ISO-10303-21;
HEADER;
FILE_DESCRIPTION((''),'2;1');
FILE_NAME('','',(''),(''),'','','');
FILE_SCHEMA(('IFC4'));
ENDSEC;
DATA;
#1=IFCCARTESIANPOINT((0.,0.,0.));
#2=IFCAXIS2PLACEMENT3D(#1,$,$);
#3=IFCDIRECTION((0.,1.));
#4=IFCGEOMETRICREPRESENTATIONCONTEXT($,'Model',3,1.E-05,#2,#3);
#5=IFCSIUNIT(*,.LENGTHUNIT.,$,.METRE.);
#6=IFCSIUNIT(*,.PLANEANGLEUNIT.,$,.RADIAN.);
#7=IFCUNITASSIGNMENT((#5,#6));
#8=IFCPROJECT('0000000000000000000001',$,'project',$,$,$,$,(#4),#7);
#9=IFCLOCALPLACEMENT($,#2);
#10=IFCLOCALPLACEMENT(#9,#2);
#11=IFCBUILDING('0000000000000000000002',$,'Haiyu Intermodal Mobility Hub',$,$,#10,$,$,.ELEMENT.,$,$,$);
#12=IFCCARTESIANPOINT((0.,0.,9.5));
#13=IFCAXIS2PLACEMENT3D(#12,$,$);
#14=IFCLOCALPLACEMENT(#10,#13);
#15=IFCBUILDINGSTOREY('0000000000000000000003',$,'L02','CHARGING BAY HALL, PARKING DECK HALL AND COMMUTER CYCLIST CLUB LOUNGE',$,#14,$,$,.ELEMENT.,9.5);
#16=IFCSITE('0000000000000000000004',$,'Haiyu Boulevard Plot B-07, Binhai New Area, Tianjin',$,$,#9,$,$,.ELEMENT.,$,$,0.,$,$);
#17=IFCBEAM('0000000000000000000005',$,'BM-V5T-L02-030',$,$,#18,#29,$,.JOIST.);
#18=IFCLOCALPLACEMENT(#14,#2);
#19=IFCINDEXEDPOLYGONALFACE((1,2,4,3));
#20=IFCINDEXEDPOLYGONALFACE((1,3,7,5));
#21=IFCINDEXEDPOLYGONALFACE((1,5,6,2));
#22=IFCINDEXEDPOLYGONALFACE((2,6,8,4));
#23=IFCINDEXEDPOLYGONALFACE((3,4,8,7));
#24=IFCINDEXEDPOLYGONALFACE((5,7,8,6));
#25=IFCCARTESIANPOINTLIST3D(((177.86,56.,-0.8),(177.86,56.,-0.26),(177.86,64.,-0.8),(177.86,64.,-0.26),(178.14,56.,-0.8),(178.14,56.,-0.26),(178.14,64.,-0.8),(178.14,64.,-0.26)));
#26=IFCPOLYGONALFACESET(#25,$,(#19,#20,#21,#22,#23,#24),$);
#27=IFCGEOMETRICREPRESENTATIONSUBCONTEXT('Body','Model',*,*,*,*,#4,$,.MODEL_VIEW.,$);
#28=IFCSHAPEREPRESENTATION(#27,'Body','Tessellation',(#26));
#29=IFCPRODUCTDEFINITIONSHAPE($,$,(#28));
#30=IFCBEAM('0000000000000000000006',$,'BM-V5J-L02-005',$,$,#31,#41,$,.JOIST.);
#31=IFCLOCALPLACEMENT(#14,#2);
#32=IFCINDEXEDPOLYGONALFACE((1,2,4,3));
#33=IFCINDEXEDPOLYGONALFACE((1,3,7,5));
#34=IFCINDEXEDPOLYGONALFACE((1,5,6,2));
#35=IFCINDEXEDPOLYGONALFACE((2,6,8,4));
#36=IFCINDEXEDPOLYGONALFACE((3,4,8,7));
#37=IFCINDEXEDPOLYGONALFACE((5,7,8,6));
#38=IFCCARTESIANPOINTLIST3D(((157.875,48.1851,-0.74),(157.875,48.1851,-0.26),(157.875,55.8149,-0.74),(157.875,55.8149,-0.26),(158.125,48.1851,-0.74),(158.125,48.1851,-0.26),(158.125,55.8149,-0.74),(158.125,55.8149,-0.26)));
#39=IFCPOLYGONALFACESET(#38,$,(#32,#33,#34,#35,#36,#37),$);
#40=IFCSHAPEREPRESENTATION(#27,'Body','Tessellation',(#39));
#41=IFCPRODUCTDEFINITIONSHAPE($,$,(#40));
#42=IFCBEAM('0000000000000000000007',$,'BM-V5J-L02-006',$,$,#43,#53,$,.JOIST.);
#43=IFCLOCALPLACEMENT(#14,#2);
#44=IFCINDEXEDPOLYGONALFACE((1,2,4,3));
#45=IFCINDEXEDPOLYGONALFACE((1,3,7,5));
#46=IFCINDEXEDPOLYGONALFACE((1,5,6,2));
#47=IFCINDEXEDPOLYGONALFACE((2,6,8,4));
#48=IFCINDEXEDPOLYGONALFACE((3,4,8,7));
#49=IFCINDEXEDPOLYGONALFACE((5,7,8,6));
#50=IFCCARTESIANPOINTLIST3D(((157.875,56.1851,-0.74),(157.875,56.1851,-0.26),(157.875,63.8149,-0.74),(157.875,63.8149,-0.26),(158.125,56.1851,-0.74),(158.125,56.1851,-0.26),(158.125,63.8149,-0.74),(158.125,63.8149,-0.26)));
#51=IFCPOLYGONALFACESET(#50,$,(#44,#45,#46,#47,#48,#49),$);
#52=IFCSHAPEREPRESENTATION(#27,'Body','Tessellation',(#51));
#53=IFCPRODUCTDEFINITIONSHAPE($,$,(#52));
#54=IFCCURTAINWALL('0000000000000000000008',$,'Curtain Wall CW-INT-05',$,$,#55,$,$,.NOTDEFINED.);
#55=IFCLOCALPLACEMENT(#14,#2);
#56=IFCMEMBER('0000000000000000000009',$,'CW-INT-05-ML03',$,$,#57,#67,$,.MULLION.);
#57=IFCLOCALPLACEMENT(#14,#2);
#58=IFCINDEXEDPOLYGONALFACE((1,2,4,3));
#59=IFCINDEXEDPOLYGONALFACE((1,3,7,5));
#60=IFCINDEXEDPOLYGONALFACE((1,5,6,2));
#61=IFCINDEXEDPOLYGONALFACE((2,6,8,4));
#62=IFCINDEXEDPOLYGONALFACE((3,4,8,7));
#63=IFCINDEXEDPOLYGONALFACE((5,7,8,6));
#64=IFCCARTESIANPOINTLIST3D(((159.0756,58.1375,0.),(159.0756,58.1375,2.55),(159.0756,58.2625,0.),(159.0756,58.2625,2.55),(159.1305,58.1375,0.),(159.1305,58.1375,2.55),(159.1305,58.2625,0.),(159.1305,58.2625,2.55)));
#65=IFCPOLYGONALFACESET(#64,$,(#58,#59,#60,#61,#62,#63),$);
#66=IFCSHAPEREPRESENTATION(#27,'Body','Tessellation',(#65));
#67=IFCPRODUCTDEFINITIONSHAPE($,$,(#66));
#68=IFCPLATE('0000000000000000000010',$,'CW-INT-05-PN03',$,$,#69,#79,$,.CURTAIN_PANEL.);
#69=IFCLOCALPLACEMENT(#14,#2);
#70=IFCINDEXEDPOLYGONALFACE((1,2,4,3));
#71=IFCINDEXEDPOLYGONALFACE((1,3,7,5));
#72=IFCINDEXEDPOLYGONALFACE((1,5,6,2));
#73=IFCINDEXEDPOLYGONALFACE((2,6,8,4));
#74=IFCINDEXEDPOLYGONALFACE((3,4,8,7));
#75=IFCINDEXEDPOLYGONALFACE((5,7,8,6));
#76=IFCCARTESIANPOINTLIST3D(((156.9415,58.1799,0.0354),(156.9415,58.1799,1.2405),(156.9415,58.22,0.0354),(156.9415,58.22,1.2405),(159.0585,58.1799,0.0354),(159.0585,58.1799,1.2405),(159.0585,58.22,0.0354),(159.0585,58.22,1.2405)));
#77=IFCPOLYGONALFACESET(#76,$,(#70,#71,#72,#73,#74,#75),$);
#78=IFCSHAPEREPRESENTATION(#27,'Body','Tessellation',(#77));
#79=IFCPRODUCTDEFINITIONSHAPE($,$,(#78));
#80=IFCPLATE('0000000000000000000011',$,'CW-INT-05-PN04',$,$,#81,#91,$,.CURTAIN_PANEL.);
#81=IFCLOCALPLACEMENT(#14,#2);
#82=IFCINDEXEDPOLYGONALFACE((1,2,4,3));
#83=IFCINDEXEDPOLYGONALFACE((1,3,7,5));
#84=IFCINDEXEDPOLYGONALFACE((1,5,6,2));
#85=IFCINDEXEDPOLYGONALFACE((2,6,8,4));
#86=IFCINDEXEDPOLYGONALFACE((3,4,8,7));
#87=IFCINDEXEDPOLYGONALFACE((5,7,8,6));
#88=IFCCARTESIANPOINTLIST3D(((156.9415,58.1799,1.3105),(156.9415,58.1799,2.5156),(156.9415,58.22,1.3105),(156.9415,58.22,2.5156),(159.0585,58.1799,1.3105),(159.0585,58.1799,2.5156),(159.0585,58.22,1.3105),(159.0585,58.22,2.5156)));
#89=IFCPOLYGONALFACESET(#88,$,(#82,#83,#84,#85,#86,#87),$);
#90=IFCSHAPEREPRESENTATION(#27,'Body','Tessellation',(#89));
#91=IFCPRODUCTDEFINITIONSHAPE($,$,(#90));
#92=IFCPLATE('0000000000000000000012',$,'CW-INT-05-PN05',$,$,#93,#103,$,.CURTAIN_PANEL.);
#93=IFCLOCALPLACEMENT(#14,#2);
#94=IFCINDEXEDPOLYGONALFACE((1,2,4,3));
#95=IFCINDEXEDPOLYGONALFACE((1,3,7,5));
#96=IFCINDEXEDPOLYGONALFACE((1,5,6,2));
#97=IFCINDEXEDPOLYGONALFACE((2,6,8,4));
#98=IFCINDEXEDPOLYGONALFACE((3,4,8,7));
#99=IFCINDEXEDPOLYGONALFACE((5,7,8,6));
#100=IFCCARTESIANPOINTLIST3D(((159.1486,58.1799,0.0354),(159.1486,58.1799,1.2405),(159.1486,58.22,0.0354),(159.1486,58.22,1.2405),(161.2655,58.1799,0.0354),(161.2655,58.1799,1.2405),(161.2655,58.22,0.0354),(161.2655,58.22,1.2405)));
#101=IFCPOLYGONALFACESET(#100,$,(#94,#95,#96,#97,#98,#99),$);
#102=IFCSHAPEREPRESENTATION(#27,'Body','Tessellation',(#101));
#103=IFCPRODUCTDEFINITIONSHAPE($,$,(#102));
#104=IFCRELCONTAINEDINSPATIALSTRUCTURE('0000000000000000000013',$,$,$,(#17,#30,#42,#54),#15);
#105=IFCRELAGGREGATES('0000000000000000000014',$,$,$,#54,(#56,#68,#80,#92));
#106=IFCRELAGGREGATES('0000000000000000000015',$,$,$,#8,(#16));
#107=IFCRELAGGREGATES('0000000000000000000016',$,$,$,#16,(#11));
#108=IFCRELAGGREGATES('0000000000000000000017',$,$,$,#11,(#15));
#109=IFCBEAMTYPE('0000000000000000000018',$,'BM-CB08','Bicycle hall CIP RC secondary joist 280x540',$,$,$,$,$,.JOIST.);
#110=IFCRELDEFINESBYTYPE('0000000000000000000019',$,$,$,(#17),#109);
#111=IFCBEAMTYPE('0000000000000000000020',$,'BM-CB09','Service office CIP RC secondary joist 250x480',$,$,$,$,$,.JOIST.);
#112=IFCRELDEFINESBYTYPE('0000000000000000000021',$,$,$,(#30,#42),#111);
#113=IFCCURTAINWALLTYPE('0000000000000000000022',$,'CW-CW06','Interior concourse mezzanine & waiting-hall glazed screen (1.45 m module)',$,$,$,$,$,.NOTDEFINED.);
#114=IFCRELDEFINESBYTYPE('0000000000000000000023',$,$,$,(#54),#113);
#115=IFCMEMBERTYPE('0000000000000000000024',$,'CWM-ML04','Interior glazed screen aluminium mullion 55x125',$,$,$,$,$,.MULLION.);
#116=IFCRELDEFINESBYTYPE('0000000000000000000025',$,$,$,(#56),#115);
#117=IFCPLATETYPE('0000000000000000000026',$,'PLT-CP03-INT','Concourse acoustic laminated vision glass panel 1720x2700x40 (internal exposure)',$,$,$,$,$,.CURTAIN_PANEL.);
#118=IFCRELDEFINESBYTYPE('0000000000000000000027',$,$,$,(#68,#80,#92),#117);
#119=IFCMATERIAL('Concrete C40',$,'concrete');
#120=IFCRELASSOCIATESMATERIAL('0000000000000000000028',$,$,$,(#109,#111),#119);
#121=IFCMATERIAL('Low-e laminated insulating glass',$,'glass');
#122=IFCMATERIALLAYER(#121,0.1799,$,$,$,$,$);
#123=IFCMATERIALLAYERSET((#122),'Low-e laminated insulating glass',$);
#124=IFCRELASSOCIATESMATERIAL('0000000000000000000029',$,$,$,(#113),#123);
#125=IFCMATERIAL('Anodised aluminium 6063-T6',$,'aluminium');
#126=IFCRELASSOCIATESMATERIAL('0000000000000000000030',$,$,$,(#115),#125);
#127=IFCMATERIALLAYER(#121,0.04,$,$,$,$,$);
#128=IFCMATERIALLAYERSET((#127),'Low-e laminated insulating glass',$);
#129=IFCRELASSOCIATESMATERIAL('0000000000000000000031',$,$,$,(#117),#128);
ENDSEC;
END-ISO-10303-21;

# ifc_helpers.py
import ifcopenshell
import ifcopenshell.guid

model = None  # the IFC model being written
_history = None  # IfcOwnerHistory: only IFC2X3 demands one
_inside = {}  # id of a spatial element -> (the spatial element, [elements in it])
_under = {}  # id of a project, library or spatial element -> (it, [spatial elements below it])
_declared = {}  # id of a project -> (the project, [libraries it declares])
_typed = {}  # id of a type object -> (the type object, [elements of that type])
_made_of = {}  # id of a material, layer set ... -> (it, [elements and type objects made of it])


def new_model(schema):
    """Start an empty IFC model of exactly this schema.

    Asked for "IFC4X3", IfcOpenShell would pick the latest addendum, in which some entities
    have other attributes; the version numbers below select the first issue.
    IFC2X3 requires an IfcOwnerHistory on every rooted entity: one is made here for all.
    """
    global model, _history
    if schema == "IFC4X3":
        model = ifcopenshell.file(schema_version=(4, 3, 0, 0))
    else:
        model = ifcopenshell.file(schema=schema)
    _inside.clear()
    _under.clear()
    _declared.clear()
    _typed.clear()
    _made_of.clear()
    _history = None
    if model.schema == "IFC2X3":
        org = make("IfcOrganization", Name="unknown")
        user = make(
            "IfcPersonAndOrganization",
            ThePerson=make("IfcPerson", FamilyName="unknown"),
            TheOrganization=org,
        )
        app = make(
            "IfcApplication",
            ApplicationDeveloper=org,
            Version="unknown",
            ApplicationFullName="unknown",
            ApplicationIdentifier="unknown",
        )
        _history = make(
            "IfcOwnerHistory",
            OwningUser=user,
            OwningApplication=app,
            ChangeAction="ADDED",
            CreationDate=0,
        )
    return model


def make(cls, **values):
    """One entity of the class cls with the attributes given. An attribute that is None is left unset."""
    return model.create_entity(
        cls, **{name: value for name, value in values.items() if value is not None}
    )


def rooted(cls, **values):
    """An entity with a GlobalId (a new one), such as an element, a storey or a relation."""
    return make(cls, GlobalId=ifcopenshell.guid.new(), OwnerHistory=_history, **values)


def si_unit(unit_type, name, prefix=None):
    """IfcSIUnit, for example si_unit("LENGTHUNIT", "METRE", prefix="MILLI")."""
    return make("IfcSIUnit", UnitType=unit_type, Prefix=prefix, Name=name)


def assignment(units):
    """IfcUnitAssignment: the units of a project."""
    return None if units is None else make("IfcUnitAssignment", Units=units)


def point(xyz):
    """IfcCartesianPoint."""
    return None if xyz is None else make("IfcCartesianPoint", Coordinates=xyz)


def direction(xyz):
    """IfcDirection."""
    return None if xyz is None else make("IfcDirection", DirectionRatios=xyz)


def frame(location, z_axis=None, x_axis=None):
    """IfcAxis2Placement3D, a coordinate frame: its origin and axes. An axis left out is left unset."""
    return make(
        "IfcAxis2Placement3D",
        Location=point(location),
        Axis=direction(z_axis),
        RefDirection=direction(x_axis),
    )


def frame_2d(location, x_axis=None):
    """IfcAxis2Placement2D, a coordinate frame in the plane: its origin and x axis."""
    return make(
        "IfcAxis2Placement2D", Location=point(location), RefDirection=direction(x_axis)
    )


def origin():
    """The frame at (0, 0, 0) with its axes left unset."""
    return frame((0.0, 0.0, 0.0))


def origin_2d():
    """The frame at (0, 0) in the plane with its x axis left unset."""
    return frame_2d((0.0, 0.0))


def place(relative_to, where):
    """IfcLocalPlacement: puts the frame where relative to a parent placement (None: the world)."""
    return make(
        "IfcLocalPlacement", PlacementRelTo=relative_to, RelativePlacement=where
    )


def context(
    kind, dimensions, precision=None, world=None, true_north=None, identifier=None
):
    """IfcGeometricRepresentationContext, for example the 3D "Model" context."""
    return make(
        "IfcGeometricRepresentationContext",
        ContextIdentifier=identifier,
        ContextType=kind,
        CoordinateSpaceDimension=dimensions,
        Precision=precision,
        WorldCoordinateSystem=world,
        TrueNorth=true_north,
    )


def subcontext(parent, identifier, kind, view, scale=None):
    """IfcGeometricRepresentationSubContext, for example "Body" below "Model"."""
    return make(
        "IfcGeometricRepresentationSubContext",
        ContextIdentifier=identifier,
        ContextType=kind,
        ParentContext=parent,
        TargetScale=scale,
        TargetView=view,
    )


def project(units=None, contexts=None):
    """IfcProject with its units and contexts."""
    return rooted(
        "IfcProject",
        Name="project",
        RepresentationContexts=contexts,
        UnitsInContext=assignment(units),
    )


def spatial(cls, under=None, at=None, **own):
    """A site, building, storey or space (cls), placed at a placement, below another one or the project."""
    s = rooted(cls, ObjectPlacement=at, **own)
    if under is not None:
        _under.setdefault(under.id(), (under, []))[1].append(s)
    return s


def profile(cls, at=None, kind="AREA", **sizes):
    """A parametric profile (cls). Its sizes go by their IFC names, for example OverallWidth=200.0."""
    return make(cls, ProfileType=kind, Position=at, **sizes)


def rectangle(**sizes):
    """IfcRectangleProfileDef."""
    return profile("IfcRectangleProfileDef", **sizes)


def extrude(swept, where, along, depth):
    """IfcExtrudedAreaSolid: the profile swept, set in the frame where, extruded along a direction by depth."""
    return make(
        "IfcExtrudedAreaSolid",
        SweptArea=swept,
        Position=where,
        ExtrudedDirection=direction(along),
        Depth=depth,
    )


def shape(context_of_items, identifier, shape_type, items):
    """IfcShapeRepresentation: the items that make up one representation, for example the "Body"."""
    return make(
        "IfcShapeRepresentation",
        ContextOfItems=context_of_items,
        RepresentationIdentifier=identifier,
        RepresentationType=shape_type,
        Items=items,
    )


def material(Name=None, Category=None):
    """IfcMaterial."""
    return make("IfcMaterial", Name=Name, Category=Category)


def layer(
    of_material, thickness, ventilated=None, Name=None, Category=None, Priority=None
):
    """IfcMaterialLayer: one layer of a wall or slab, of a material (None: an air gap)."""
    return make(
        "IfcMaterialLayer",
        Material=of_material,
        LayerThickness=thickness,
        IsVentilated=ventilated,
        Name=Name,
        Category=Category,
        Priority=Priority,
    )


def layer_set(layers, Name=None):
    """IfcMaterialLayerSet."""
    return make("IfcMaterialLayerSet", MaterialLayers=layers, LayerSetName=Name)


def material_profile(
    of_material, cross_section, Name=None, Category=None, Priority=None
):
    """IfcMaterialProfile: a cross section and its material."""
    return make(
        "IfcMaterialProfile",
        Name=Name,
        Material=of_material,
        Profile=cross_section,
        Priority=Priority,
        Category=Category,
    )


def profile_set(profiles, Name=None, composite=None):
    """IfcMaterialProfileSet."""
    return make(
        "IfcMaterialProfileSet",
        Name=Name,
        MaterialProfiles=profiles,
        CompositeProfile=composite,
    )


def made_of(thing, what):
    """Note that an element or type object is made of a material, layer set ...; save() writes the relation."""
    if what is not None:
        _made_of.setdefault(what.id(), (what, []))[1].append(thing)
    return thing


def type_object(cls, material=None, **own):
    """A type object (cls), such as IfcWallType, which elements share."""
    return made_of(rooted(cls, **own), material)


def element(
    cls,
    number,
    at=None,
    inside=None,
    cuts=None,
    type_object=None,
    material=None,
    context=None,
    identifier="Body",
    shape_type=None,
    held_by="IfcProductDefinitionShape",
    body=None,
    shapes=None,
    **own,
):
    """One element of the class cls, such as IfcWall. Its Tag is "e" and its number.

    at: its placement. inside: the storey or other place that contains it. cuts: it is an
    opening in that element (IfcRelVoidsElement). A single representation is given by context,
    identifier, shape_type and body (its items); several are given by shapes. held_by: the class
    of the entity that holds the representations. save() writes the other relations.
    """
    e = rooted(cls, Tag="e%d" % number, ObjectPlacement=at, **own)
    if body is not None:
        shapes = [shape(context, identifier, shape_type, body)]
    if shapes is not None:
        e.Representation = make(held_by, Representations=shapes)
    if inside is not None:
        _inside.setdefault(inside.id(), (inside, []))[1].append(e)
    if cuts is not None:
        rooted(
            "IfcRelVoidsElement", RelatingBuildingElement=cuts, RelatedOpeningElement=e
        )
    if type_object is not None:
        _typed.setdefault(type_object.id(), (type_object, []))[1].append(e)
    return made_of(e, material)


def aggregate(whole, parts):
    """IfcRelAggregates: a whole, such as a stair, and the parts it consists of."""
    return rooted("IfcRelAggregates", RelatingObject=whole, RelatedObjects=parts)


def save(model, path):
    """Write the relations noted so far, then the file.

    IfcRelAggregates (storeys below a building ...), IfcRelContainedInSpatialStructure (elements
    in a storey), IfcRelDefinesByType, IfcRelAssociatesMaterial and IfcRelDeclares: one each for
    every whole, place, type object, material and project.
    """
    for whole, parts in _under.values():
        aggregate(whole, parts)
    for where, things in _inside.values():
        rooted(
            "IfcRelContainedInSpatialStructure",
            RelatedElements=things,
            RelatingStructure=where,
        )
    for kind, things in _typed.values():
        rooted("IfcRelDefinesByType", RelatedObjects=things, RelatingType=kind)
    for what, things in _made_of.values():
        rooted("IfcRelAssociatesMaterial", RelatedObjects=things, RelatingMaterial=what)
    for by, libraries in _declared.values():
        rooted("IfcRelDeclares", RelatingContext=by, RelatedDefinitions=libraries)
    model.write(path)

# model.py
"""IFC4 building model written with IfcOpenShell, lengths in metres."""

from ifc_helpers import new_model, si_unit, direction, frame, origin, origin_2d, place, context, subcontext, project, spatial, rectangle, extrude, material, layer, layer_set, material_profile, profile_set, type_object, element, aggregate, save


model = new_model("IFC4")

# Units and contexts
model_context = context("Model", 3, precision=1e-05, world=origin(), true_north=direction((0.0, 1.0)))
body_context = subcontext(model_context, "Body", "Model", "MODEL_VIEW")
ifc_project = project(units=[si_unit("LENGTHUNIT", "METRE"), si_unit("PLANEANGLEUNIT", "RADIAN")], contexts=[model_context])

# Site, building, storey
site_placement = place(None, origin())
site = spatial("IfcSite", under=ifc_project, at=site_placement, Name="Haiyu Boulevard Plot B-07, Binhai New Area, Tianjin", CompositionType="ELEMENT", RefElevation=0.0)
building_placement = place(site_placement, origin())
building = spatial("IfcBuilding", under=site, at=building_placement, Name="Haiyu Intermodal Mobility Hub", CompositionType="ELEMENT")
storey_placement = place(building_placement, frame((0.0, 0.0, 9.5)))
storey = spatial("IfcBuildingStorey", under=building, at=storey_placement, Name="L02", Description="CHARGING BAY HALL, PARKING DECK HALL AND COMMUTER CYCLIST CLUB LOUNGE", CompositionType="ELEMENT", Elevation=9.5)

# Shared definitions
ifc_material_1 = material(Name="Concrete C40", Category="concrete")

# Beams
ifc_material_profile_1 = material_profile(ifc_material_1, rectangle(XDim=0.28, YDim=0.54, at=origin_2d()), Name="RCB280x540")
ifc_profile_set_1 = profile_set([ifc_material_profile_1], Name="Concrete C40")
beam_type_1 = type_object("IfcBeamType", Name="BM-CB08", Description="Bicycle hall CIP RC secondary joist 280x540", PredefinedType="JOIST", material=ifc_profile_set_1)
for number, where, z_axis, x_axis, name in (
    (1, (178.0, 56.0, -0.53), (0.0, 1.0, 0.0), (-1.0, 0.0, 0.0), "BM-V5T-L02-030"),
):
    element("IfcBeam", number, at=place(storey_placement, frame(where, z_axis=z_axis, x_axis=x_axis)), inside=storey, type_object=beam_type_1, Name=name, PredefinedType="JOIST", context=body_context, shape_type="SweptSolid", body=[
        extrude(rectangle(XDim=0.28, YDim=0.54, at=origin_2d()), origin(), (0.0, 0.0, 1.0), 8.0),
    ])
ifc_material_profile_2 = material_profile(ifc_material_1, rectangle(XDim=0.25, YDim=0.48, at=origin_2d()), Name="RCB250x480")
ifc_profile_set_2 = profile_set([ifc_material_profile_2], Name="Concrete C40")
beam_type_2 = type_object("IfcBeamType", Name="BM-CB09", Description="Service office CIP RC secondary joist 250x480", PredefinedType="JOIST", material=ifc_profile_set_2)
for number, where, z_axis, x_axis, name in (
    (2, (158.0, 48.1851, -0.5), (0.0, 1.0, 0.0), (-1.0, 0.0, 0.0), "BM-V5J-L02-005"),
    (3, (158.0, 56.1851, -0.5), (0.0, 1.0, 0.0), (-1.0, 0.0, 0.0), "BM-V5J-L02-006"),
):
    element("IfcBeam", number, at=place(storey_placement, frame(where, z_axis=z_axis, x_axis=x_axis)), inside=storey, type_object=beam_type_2, Name=name, PredefinedType="JOIST", context=body_context, shape_type="SweptSolid", body=[
        extrude(rectangle(XDim=0.25, YDim=0.48, at=origin_2d()), origin(), (0.0, 0.0, 1.0), 7.6299),
    ])

# Curtain wall, member, plates
ifc_material_2 = material(Name="Low-e laminated insulating glass", Category="glass")
ifc_layer_1 = layer(ifc_material_2, 0.1799)
ifc_layer_set_1 = layer_set([ifc_layer_1], Name="Low-e laminated insulating glass")
curtain_wall_type = type_object("IfcCurtainWallType", Name="CW-CW06", Description="Interior concourse mezzanine & waiting-hall glazed screen (1.45 m module)", PredefinedType="NOTDEFINED", material=ifc_layer_set_1)
curtain_wall_placement = place(storey_placement, origin())
curtain_wall = element("IfcCurtainWall", 4, at=curtain_wall_placement, inside=storey, type_object=curtain_wall_type, Name="Curtain Wall CW-INT-05", PredefinedType="NOTDEFINED")
ifc_material_3 = material(Name="Anodised aluminium 6063-T6", Category="aluminium")
ifc_material_profile_3 = material_profile(ifc_material_3, rectangle(XDim=0.0549, YDim=0.125, at=origin_2d()), Name="ALU55x125")
ifc_profile_set_3 = profile_set([ifc_material_profile_3], Name="Anodised aluminium 6063-T6")
member_type = type_object("IfcMemberType", Name="CWM-ML04", Description="Interior glazed screen aluminium mullion 55x125", PredefinedType="MULLION", material=ifc_profile_set_3)
member_placement = place(storey_placement, frame((159.103, 58.2, 0.0), z_axis=(0.0, 0.0, 1.0), x_axis=(1.0, 0.0, 0.0)))
member = element("IfcMember", 5, at=member_placement, type_object=member_type, Name="CW-INT-05-ML03", PredefinedType="MULLION", context=body_context, shape_type="SweptSolid", body=[
    extrude(rectangle(XDim=0.0549, YDim=0.125, at=origin_2d()), origin(), (0.0, 0.0, 1.0), 2.55),
])
ifc_layer_2 = layer(ifc_material_2, 0.04)
ifc_layer_set_2 = layer_set([ifc_layer_2], Name="Low-e laminated insulating glass")
plate_type = type_object("IfcPlateType", Name="PLT-CP03-INT", Description="Concourse acoustic laminated vision glass panel 1720x2700x40 (internal exposure)", PredefinedType="CURTAIN_PANEL", material=ifc_layer_set_2)
plate_1_placement = place(storey_placement, frame((158.0, 58.2, 0.0354), z_axis=(0.0, 0.0, 1.0), x_axis=(1.0, 0.0, 0.0)))
plate_1 = element("IfcPlate", 6, at=plate_1_placement, type_object=plate_type, Name="CW-INT-05-PN03", PredefinedType="CURTAIN_PANEL", context=body_context, shape_type="SweptSolid", body=[
    extrude(rectangle(XDim=2.1169, YDim=0.04, at=origin_2d()), origin(), (0.0, 0.0, 1.0), 1.2051),
])
plate_2_placement = place(storey_placement, frame((158.0, 58.2, 1.3105), z_axis=(0.0, 0.0, 1.0), x_axis=(1.0, 0.0, 0.0)))
plate_2 = element("IfcPlate", 7, at=plate_2_placement, type_object=plate_type, Name="CW-INT-05-PN04", PredefinedType="CURTAIN_PANEL", context=body_context, shape_type="SweptSolid", body=[
    extrude(rectangle(XDim=2.1169, YDim=0.04, at=origin_2d()), origin(), (0.0, 0.0, 1.0), 1.2051),
])
plate_3_placement = place(storey_placement, frame((160.207, 58.2, 0.0354), z_axis=(0.0, 0.0, 1.0), x_axis=(1.0, 0.0, 0.0)))
plate_3 = element("IfcPlate", 8, at=plate_3_placement, type_object=plate_type, Name="CW-INT-05-PN05", PredefinedType="CURTAIN_PANEL", context=body_context, shape_type="SweptSolid", body=[
    extrude(rectangle(XDim=2.1169, YDim=0.04, at=origin_2d()), origin(), (0.0, 0.0, 1.0), 1.2051),
])
aggregate(curtain_wall, [member, plate_1, plate_2, plate_3])

save(model, "model.ifc")
